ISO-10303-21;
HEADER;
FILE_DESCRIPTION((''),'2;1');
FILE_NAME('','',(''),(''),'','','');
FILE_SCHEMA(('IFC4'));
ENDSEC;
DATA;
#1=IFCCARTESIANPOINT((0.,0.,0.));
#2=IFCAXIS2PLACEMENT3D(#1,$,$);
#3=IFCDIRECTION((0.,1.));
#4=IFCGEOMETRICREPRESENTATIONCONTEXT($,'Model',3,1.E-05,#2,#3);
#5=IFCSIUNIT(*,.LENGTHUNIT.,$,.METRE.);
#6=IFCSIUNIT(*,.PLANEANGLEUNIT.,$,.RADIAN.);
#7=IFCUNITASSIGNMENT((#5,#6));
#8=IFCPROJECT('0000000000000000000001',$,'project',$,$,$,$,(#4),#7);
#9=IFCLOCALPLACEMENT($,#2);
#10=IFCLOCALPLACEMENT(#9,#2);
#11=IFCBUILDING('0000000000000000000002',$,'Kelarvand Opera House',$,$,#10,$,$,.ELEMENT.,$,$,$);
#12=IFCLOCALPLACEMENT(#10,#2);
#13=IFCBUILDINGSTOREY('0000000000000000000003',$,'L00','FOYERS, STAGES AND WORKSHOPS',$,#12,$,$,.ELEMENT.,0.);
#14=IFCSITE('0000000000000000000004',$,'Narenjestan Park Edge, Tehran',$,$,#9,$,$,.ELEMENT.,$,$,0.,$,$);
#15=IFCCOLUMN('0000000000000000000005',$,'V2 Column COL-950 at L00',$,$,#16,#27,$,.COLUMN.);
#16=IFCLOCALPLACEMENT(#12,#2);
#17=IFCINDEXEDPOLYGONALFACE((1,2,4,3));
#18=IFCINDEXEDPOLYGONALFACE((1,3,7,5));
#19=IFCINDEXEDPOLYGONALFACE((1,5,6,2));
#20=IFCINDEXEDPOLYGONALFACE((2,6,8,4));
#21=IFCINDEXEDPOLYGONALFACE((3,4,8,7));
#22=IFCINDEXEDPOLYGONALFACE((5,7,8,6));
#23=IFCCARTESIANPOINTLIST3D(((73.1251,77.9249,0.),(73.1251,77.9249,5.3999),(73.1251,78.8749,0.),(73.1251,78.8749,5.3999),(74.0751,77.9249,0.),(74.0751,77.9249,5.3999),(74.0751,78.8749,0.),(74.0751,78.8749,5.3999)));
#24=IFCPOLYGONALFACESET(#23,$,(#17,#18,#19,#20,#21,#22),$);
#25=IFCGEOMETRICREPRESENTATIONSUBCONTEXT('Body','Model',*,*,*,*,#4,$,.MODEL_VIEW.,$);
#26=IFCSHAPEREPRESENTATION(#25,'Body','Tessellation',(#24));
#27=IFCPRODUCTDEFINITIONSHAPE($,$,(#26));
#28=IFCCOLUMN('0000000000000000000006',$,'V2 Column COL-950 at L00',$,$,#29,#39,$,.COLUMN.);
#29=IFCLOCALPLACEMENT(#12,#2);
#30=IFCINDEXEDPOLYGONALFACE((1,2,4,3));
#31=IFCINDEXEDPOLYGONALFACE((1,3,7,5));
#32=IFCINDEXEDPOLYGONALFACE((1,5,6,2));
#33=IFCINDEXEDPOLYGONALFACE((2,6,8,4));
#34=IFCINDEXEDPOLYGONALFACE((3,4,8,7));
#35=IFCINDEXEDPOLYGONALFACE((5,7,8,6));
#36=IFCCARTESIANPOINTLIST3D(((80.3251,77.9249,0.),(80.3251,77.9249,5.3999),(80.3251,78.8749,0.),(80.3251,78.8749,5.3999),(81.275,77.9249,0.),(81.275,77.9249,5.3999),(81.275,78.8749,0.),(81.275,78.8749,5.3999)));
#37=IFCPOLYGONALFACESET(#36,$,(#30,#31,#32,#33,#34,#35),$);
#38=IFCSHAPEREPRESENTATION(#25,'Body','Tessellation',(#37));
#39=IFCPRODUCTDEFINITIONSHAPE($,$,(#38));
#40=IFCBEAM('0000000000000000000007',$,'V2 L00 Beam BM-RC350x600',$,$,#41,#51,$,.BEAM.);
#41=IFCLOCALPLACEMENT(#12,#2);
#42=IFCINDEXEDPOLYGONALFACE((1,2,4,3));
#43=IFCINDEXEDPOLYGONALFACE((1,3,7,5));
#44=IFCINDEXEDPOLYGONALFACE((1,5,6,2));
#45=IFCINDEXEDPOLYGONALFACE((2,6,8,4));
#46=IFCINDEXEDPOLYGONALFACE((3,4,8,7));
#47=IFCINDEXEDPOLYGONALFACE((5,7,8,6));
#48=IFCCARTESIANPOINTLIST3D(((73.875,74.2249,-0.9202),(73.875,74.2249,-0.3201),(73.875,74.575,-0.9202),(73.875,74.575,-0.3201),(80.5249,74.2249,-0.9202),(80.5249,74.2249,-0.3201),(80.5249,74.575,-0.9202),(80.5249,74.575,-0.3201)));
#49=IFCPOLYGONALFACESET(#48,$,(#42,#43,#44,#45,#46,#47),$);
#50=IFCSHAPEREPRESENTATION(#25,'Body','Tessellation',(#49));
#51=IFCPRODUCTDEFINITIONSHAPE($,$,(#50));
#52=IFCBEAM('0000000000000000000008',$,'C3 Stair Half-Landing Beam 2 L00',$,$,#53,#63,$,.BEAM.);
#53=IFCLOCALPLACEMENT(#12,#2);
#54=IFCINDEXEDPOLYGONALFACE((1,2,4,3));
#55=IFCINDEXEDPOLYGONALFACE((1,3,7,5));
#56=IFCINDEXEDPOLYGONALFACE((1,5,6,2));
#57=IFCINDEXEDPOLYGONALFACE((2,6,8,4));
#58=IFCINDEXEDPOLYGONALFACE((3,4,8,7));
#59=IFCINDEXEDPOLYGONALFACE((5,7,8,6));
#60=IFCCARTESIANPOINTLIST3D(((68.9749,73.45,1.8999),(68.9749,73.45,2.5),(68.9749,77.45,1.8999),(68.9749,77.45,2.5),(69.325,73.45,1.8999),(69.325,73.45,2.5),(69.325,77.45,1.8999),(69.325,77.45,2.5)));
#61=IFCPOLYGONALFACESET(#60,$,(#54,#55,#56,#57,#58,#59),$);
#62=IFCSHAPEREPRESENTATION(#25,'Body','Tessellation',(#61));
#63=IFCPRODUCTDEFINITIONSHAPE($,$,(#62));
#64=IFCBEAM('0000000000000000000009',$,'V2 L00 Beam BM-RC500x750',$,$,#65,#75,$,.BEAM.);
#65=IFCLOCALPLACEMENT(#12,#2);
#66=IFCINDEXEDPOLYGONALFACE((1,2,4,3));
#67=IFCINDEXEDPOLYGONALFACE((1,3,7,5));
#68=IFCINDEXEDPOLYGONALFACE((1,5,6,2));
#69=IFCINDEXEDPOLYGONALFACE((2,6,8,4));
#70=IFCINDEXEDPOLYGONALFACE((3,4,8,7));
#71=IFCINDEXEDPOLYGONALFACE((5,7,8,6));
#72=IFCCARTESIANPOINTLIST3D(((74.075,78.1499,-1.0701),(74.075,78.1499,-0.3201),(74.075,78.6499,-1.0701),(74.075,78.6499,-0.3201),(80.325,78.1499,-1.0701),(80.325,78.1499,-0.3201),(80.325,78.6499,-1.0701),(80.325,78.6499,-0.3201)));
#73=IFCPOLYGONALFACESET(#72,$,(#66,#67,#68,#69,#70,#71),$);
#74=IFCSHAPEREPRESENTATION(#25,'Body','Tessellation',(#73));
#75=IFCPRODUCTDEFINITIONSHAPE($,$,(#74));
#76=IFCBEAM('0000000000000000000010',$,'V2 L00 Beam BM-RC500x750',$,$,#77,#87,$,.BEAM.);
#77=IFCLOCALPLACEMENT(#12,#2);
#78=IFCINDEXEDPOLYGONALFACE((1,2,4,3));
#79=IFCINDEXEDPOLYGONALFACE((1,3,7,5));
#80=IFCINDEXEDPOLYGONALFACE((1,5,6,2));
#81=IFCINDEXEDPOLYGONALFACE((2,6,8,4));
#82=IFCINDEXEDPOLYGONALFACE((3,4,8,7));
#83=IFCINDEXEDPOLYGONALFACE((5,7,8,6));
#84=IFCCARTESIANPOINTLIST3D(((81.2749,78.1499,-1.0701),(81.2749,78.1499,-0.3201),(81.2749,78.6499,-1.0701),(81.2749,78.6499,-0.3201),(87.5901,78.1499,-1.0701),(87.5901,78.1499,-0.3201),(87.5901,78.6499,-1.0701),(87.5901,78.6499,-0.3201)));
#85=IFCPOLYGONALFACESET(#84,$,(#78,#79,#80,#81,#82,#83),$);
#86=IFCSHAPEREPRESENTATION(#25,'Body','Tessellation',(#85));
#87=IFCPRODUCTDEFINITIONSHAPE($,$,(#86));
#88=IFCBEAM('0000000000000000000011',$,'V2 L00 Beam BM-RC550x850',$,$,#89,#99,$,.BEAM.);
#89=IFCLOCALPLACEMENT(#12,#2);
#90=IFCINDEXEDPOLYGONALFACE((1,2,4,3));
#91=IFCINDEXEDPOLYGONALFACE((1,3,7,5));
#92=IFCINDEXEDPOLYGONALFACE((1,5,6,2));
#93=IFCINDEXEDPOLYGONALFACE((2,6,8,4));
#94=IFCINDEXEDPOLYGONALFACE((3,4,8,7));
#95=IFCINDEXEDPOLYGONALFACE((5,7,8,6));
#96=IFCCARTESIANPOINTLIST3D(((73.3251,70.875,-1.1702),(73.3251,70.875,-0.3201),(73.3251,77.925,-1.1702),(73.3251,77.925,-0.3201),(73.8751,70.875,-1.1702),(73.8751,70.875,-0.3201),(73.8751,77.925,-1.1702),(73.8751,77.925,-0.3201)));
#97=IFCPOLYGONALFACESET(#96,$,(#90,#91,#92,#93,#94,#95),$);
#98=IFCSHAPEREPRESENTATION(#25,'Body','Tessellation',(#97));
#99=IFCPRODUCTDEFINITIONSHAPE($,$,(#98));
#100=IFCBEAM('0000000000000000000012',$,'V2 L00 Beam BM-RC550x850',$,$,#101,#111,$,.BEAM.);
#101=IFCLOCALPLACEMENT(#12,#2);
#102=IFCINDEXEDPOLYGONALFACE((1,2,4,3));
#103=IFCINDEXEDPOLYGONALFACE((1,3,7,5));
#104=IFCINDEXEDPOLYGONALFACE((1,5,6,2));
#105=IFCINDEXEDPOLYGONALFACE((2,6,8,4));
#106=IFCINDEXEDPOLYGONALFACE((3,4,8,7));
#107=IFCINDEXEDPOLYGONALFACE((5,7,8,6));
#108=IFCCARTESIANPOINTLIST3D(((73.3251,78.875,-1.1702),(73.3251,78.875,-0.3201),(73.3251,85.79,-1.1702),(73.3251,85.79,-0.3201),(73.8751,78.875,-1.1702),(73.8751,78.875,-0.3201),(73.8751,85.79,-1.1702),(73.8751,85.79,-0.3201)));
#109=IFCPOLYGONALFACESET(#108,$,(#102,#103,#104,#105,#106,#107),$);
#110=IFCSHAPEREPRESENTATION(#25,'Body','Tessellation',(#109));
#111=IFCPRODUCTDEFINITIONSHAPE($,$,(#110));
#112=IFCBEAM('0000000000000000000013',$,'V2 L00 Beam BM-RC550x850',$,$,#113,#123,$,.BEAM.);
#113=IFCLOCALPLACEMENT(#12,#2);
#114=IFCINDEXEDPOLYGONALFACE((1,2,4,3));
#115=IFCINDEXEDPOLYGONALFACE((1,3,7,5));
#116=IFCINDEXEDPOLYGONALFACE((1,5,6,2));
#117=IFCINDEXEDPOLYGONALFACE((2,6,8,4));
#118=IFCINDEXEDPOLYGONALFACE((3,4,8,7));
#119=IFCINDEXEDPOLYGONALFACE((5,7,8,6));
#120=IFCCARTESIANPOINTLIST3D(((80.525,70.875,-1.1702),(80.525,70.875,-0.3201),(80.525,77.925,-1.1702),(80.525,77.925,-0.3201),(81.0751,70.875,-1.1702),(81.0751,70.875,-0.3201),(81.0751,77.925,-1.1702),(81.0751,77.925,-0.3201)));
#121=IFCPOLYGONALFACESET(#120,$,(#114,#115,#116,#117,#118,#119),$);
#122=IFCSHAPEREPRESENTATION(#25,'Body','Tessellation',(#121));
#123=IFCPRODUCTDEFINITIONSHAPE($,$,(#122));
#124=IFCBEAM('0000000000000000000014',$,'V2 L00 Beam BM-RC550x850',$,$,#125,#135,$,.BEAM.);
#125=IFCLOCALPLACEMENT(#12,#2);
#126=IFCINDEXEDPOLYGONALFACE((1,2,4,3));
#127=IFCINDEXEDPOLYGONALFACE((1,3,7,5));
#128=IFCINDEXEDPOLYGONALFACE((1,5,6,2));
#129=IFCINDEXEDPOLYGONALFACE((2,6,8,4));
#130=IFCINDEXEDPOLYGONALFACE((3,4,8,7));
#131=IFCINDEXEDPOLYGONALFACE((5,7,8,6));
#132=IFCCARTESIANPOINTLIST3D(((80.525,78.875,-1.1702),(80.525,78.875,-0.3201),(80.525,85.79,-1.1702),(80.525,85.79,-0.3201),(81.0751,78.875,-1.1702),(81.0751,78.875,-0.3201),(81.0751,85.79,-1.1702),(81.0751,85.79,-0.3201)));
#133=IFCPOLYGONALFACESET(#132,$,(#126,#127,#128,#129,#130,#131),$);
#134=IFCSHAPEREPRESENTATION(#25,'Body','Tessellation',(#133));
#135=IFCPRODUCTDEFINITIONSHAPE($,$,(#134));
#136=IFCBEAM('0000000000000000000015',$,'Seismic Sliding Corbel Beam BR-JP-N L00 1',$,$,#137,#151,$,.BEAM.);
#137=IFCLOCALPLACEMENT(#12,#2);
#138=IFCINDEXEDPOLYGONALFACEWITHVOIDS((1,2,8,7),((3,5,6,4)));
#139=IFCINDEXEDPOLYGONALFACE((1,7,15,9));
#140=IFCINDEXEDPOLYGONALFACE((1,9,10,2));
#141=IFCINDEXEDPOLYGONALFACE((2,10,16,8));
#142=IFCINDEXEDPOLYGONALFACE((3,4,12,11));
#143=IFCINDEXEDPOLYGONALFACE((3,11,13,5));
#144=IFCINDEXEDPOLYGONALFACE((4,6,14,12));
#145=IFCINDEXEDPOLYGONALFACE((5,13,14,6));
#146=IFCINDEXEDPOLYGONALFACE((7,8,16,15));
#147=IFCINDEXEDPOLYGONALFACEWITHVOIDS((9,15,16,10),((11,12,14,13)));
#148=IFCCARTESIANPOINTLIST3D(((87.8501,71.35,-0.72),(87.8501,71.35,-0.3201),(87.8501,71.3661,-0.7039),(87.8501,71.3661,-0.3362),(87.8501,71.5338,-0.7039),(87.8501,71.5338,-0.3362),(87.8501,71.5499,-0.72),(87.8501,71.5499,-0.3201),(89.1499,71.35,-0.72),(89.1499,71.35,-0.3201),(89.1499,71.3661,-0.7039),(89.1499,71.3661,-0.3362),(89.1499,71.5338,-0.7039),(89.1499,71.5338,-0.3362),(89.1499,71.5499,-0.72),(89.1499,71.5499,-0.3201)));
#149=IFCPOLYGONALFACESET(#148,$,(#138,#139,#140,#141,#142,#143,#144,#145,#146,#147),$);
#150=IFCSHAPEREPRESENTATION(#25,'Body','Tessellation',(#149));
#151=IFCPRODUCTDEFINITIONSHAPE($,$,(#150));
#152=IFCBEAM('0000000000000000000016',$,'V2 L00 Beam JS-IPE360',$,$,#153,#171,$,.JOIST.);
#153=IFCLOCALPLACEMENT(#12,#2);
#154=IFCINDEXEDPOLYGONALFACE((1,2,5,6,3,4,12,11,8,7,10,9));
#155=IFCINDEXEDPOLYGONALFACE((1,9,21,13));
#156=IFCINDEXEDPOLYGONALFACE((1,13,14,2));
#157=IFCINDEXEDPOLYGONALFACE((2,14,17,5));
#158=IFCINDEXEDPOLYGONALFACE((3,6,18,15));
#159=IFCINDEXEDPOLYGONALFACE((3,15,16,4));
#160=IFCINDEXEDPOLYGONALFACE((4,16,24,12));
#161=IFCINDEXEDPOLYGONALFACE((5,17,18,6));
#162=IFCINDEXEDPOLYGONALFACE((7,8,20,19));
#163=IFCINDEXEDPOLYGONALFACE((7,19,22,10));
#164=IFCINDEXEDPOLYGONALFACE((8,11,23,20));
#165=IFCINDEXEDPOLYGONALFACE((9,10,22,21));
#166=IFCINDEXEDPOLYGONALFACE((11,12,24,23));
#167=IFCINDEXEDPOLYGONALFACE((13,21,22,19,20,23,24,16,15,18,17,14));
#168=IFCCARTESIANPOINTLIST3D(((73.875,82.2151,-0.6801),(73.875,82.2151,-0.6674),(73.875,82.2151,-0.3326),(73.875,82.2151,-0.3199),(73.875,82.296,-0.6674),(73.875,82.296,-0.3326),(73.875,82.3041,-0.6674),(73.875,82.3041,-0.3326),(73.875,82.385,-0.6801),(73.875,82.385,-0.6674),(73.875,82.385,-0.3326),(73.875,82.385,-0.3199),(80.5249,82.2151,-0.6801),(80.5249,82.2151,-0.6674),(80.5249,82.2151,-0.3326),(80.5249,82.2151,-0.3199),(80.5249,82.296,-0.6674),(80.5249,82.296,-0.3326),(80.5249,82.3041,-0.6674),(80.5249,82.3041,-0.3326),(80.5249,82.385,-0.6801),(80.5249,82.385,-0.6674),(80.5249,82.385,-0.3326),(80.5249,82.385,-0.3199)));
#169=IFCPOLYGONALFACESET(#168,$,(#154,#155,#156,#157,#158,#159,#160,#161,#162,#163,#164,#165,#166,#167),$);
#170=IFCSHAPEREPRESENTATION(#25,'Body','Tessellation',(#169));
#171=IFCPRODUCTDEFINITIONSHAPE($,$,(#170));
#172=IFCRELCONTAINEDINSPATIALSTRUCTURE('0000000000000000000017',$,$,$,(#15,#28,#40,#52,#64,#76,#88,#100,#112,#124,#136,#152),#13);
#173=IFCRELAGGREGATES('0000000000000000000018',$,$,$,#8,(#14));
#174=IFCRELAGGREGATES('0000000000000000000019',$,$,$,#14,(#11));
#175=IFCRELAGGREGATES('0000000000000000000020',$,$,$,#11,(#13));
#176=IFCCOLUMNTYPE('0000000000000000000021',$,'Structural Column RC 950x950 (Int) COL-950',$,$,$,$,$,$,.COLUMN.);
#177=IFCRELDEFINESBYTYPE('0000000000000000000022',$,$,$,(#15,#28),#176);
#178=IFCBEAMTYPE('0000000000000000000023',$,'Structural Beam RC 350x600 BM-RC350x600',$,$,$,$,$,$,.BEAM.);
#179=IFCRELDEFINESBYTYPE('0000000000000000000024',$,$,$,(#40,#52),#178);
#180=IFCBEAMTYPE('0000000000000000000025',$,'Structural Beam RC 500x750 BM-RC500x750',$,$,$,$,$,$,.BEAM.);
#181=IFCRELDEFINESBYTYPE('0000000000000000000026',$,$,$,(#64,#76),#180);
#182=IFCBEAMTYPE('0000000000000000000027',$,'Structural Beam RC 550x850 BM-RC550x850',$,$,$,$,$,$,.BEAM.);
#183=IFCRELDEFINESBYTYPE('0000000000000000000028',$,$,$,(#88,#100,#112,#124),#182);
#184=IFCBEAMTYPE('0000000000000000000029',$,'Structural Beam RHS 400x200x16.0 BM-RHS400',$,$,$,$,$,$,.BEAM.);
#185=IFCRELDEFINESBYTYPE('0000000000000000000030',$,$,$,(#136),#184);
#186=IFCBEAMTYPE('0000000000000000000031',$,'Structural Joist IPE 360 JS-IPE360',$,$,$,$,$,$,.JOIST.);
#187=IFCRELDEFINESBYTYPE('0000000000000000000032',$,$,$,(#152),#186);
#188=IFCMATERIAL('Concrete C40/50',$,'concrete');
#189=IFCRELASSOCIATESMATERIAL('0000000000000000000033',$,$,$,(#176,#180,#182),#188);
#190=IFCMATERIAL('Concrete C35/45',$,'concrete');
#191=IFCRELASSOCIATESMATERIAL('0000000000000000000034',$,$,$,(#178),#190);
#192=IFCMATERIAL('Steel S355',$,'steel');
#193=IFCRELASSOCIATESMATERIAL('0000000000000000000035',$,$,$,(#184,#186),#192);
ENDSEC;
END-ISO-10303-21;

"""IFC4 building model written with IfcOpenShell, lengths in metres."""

from ifc_helpers import new_model, si_unit, direction, frame, origin, origin_2d, place, context, subcontext, project, spatial, rectangle, hollow_rectangle, i_section, extrude, material, material_profile, profile_set, type_object, element, save


model = new_model("IFC4")

# Units and contexts
model_context = context("Model", 3, precision=1e-05, world=origin(), true_north=direction((0.0, 1.0)))
body_context = subcontext(model_context, "Body", "Model", "MODEL_VIEW")
ifc_project = project(units=[si_unit("LENGTHUNIT", "METRE"), si_unit("PLANEANGLEUNIT", "RADIAN")], contexts=[model_context])

# Site, building, storey
site_placement = place(None, origin())
site = spatial("IfcSite", under=ifc_project, at=site_placement, Name="Narenjestan Park Edge, Tehran", CompositionType="ELEMENT", RefElevation=0.0)
building_placement = place(site_placement, origin())
building = spatial("IfcBuilding", under=site, at=building_placement, Name="Kelarvand Opera House", CompositionType="ELEMENT")
storey_placement = place(building_placement, origin())
storey = spatial("IfcBuildingStorey", under=building, at=storey_placement, Name="L00", Description="FOYERS, STAGES AND WORKSHOPS", CompositionType="ELEMENT", Elevation=0.0)

# Columns
ifc_material_1 = material(Name="Concrete C40/50", Category="concrete")
ifc_material_profile_1 = material_profile(ifc_material_1, rectangle(XDim=0.95, YDim=0.95, at=origin_2d()), Name="RC 950x950", Category="concrete")
ifc_profile_set_1 = profile_set([ifc_material_profile_1], Name="Concrete C40/50")
column_type = type_object("IfcColumnType", Name="Structural Column RC 950x950 (Int) COL-950", PredefinedType="COLUMN", material=ifc_profile_set_1)
for number, where, z_axis, x_axis, name in (
    (1, (73.6001, 78.3999, 0.0), (0.0, 0.0, 1.0), (1.0, 0.0, 0.0), "V2 Column COL-950 at L00"),
    (2, (80.8, 78.3999, 0.0), (0.0, 0.0, 1.0), (1.0, 0.0, 0.0), "V2 Column COL-950 at L00"),
):
    element("IfcColumn", number, at=place(storey_placement, frame(where, z_axis=z_axis, x_axis=x_axis)), inside=storey, type_object=column_type, Name=name, PredefinedType="COLUMN", context=body_context, shape_type="SweptSolid", body=[
        extrude(rectangle(XDim=0.95, YDim=0.95, at=origin_2d()), origin(), (0.0, 0.0, 1.0), 5.3999),
    ])

# Beams
ifc_material_2 = material(Name="Concrete C35/45", Category="concrete")
ifc_material_profile_2 = material_profile(ifc_material_2, rectangle(XDim=0.3501, YDim=0.6001, at=origin_2d()), Name="RC 350x600", Category="concrete")
ifc_profile_set_2 = profile_set([ifc_material_profile_2], Name="Concrete C35/45")
beam_type_1 = type_object("IfcBeamType", Name="Structural Beam RC 350x600 BM-RC350x600", PredefinedType="BEAM", material=ifc_profile_set_2)
beam_1_placement = place(storey_placement, frame((73.875, 74.3999, -0.6201), z_axis=(1.0, 0.0, 0.0), x_axis=(0.0, 1.0, 0.0)))
element("IfcBeam", 3, at=beam_1_placement, inside=storey, type_object=beam_type_1, Name="V2 L00 Beam BM-RC350x600", PredefinedType="BEAM", context=body_context, shape_type="SweptSolid", body=[
    extrude(rectangle(XDim=0.3501, YDim=0.6001, at=origin_2d()), origin(), (0.0, 0.0, 1.0), 6.6499),
])
beam_2_placement = place(storey_placement, frame((69.1499, 73.45, 2.2), z_axis=(0.0, 1.0, 0.0), x_axis=(-1.0, 0.0, 0.0)))
element("IfcBeam", 4, at=beam_2_placement, inside=storey, type_object=beam_type_1, Name="C3 Stair Half-Landing Beam 2 L00", PredefinedType="BEAM", context=body_context, shape_type="SweptSolid", body=[
    extrude(rectangle(XDim=0.3501, YDim=0.6001, at=origin_2d()), origin(), (0.0, 0.0, 1.0), 4.0),
])
ifc_material_profile_3 = material_profile(ifc_material_1, rectangle(XDim=0.5, YDim=0.75, at=origin_2d()), Name="RC 500x750", Category="concrete")
ifc_profile_set_3 = profile_set([ifc_material_profile_3], Name="Concrete C40/50")
beam_type_2 = type_object("IfcBeamType", Name="Structural Beam RC 500x750 BM-RC500x750", PredefinedType="BEAM", material=ifc_profile_set_3)
beam_3_placement = place(storey_placement, frame((74.075, 78.3999, -0.6951), z_axis=(1.0, 0.0, 0.0), x_axis=(0.0, 1.0, 0.0)))
element("IfcBeam", 5, at=beam_3_placement, inside=storey, type_object=beam_type_2, Name="V2 L00 Beam BM-RC500x750", PredefinedType="BEAM", context=body_context, shape_type="SweptSolid", body=[
    extrude(rectangle(XDim=0.5, YDim=0.75, at=origin_2d()), origin(), (0.0, 0.0, 1.0), 6.25),
])
beam_4_placement = place(storey_placement, frame((81.2749, 78.3999, -0.6951), z_axis=(1.0, 0.0, 0.0), x_axis=(0.0, 1.0, 0.0)))
element("IfcBeam", 6, at=beam_4_placement, inside=storey, type_object=beam_type_2, Name="V2 L00 Beam BM-RC500x750", PredefinedType="BEAM", context=body_context, shape_type="SweptSolid", body=[
    extrude(rectangle(XDim=0.5, YDim=0.75, at=origin_2d()), origin(), (0.0, 0.0, 1.0), 6.3152),
])
ifc_material_profile_4 = material_profile(ifc_material_1, rectangle(XDim=0.55, YDim=0.8501, at=origin_2d()), Name="RC 550x850", Category="concrete")
ifc_profile_set_4 = profile_set([ifc_material_profile_4], Name="Concrete C40/50")
beam_type_3 = type_object("IfcBeamType", Name="Structural Beam RC 550x850 BM-RC550x850", PredefinedType="BEAM", material=ifc_profile_set_4)
beam_5_placement = place(storey_placement, frame((73.6001, 70.875, -0.7451), z_axis=(0.0, 1.0, 0.0), x_axis=(-1.0, 0.0, 0.0)))
element("IfcBeam", 7, at=beam_5_placement, inside=storey, type_object=beam_type_3, Name="V2 L00 Beam BM-RC550x850", PredefinedType="BEAM", context=body_context, shape_type="SweptSolid", body=[
    extrude(rectangle(XDim=0.55, YDim=0.8501, at=origin_2d()), origin(), (0.0, 0.0, 1.0), 7.05),
])
beam_6_placement = place(storey_placement, frame((73.6001, 78.875, -0.7451), z_axis=(0.0, 1.0, 0.0), x_axis=(-1.0, 0.0, 0.0)))
element("IfcBeam", 8, at=beam_6_placement, inside=storey, type_object=beam_type_3, Name="V2 L00 Beam BM-RC550x850", PredefinedType="BEAM", context=body_context, shape_type="SweptSolid", body=[
    extrude(rectangle(XDim=0.55, YDim=0.8501, at=origin_2d()), origin(), (0.0, 0.0, 1.0), 6.915),
])
beam_7_placement = place(storey_placement, frame((80.8, 70.875, -0.7451), z_axis=(0.0, 1.0, 0.0), x_axis=(-1.0, 0.0, 0.0)))
element("IfcBeam", 9, at=beam_7_placement, inside=storey, type_object=beam_type_3, Name="V2 L00 Beam BM-RC550x850", PredefinedType="BEAM", context=body_context, shape_type="SweptSolid", body=[
    extrude(rectangle(XDim=0.55, YDim=0.8501, at=origin_2d()), origin(), (0.0, 0.0, 1.0), 7.05),
])
beam_8_placement = place(storey_placement, frame((80.8, 78.875, -0.7451), z_axis=(0.0, 1.0, 0.0), x_axis=(-1.0, 0.0, 0.0)))
element("IfcBeam", 10, at=beam_8_placement, inside=storey, type_object=beam_type_3, Name="V2 L00 Beam BM-RC550x850", PredefinedType="BEAM", context=body_context, shape_type="SweptSolid", body=[
    extrude(rectangle(XDim=0.55, YDim=0.8501, at=origin_2d()), origin(), (0.0, 0.0, 1.0), 6.915),
])
ifc_material_3 = material(Name="Steel S355", Category="steel")
ifc_material_profile_5 = material_profile(ifc_material_3, hollow_rectangle(XDim=0.2, YDim=0.3999, WallThickness=0.0161, at=origin_2d()), Name="RHS 400x200x16.0", Category="steel")
ifc_profile_set_5 = profile_set([ifc_material_profile_5], Name="Steel S355")
beam_type_4 = type_object("IfcBeamType", Name="Structural Beam RHS 400x200x16.0 BM-RHS400", PredefinedType="BEAM", material=ifc_profile_set_5)
beam_9_placement = place(storey_placement, frame((87.8501, 71.45, -0.52), z_axis=(1.0, 0.0, 0.0), x_axis=(0.0, 1.0, 0.0)))
element("IfcBeam", 11, at=beam_9_placement, inside=storey, type_object=beam_type_4, Name="Seismic Sliding Corbel Beam BR-JP-N L00 1", PredefinedType="BEAM", context=body_context, shape_type="SweptSolid", body=[
    extrude(hollow_rectangle(XDim=0.2, YDim=0.3999, WallThickness=0.0161, at=origin_2d()), origin(), (0.0, 0.0, 1.0), 1.2998),
])
ifc_material_profile_6 = material_profile(ifc_material_3, i_section(OverallWidth=0.1699, OverallDepth=0.3601, WebThickness=0.0081, FlangeThickness=0.0127, at=origin_2d()), Name="IPE 360", Category="steel")
ifc_profile_set_6 = profile_set([ifc_material_profile_6], Name="Steel S355")
beam_type_5 = type_object("IfcBeamType", Name="Structural Joist IPE 360 JS-IPE360", PredefinedType="JOIST", material=ifc_profile_set_6)
beam_10_placement = place(storey_placement, frame((73.875, 82.3, -0.5), z_axis=(1.0, 0.0, 0.0), x_axis=(0.0, 1.0, 0.0)))
element("IfcBeam", 12, at=beam_10_placement, inside=storey, type_object=beam_type_5, Name="V2 L00 Beam JS-IPE360", PredefinedType="JOIST", context=body_context, shape_type="SweptSolid", body=[
    extrude(i_section(OverallWidth=0.1699, OverallDepth=0.3601, WebThickness=0.0081, FlangeThickness=0.0127, at=origin_2d()), origin(), (0.0, 0.0, 1.0), 6.6499),
])

save(model, "model.ifc")
